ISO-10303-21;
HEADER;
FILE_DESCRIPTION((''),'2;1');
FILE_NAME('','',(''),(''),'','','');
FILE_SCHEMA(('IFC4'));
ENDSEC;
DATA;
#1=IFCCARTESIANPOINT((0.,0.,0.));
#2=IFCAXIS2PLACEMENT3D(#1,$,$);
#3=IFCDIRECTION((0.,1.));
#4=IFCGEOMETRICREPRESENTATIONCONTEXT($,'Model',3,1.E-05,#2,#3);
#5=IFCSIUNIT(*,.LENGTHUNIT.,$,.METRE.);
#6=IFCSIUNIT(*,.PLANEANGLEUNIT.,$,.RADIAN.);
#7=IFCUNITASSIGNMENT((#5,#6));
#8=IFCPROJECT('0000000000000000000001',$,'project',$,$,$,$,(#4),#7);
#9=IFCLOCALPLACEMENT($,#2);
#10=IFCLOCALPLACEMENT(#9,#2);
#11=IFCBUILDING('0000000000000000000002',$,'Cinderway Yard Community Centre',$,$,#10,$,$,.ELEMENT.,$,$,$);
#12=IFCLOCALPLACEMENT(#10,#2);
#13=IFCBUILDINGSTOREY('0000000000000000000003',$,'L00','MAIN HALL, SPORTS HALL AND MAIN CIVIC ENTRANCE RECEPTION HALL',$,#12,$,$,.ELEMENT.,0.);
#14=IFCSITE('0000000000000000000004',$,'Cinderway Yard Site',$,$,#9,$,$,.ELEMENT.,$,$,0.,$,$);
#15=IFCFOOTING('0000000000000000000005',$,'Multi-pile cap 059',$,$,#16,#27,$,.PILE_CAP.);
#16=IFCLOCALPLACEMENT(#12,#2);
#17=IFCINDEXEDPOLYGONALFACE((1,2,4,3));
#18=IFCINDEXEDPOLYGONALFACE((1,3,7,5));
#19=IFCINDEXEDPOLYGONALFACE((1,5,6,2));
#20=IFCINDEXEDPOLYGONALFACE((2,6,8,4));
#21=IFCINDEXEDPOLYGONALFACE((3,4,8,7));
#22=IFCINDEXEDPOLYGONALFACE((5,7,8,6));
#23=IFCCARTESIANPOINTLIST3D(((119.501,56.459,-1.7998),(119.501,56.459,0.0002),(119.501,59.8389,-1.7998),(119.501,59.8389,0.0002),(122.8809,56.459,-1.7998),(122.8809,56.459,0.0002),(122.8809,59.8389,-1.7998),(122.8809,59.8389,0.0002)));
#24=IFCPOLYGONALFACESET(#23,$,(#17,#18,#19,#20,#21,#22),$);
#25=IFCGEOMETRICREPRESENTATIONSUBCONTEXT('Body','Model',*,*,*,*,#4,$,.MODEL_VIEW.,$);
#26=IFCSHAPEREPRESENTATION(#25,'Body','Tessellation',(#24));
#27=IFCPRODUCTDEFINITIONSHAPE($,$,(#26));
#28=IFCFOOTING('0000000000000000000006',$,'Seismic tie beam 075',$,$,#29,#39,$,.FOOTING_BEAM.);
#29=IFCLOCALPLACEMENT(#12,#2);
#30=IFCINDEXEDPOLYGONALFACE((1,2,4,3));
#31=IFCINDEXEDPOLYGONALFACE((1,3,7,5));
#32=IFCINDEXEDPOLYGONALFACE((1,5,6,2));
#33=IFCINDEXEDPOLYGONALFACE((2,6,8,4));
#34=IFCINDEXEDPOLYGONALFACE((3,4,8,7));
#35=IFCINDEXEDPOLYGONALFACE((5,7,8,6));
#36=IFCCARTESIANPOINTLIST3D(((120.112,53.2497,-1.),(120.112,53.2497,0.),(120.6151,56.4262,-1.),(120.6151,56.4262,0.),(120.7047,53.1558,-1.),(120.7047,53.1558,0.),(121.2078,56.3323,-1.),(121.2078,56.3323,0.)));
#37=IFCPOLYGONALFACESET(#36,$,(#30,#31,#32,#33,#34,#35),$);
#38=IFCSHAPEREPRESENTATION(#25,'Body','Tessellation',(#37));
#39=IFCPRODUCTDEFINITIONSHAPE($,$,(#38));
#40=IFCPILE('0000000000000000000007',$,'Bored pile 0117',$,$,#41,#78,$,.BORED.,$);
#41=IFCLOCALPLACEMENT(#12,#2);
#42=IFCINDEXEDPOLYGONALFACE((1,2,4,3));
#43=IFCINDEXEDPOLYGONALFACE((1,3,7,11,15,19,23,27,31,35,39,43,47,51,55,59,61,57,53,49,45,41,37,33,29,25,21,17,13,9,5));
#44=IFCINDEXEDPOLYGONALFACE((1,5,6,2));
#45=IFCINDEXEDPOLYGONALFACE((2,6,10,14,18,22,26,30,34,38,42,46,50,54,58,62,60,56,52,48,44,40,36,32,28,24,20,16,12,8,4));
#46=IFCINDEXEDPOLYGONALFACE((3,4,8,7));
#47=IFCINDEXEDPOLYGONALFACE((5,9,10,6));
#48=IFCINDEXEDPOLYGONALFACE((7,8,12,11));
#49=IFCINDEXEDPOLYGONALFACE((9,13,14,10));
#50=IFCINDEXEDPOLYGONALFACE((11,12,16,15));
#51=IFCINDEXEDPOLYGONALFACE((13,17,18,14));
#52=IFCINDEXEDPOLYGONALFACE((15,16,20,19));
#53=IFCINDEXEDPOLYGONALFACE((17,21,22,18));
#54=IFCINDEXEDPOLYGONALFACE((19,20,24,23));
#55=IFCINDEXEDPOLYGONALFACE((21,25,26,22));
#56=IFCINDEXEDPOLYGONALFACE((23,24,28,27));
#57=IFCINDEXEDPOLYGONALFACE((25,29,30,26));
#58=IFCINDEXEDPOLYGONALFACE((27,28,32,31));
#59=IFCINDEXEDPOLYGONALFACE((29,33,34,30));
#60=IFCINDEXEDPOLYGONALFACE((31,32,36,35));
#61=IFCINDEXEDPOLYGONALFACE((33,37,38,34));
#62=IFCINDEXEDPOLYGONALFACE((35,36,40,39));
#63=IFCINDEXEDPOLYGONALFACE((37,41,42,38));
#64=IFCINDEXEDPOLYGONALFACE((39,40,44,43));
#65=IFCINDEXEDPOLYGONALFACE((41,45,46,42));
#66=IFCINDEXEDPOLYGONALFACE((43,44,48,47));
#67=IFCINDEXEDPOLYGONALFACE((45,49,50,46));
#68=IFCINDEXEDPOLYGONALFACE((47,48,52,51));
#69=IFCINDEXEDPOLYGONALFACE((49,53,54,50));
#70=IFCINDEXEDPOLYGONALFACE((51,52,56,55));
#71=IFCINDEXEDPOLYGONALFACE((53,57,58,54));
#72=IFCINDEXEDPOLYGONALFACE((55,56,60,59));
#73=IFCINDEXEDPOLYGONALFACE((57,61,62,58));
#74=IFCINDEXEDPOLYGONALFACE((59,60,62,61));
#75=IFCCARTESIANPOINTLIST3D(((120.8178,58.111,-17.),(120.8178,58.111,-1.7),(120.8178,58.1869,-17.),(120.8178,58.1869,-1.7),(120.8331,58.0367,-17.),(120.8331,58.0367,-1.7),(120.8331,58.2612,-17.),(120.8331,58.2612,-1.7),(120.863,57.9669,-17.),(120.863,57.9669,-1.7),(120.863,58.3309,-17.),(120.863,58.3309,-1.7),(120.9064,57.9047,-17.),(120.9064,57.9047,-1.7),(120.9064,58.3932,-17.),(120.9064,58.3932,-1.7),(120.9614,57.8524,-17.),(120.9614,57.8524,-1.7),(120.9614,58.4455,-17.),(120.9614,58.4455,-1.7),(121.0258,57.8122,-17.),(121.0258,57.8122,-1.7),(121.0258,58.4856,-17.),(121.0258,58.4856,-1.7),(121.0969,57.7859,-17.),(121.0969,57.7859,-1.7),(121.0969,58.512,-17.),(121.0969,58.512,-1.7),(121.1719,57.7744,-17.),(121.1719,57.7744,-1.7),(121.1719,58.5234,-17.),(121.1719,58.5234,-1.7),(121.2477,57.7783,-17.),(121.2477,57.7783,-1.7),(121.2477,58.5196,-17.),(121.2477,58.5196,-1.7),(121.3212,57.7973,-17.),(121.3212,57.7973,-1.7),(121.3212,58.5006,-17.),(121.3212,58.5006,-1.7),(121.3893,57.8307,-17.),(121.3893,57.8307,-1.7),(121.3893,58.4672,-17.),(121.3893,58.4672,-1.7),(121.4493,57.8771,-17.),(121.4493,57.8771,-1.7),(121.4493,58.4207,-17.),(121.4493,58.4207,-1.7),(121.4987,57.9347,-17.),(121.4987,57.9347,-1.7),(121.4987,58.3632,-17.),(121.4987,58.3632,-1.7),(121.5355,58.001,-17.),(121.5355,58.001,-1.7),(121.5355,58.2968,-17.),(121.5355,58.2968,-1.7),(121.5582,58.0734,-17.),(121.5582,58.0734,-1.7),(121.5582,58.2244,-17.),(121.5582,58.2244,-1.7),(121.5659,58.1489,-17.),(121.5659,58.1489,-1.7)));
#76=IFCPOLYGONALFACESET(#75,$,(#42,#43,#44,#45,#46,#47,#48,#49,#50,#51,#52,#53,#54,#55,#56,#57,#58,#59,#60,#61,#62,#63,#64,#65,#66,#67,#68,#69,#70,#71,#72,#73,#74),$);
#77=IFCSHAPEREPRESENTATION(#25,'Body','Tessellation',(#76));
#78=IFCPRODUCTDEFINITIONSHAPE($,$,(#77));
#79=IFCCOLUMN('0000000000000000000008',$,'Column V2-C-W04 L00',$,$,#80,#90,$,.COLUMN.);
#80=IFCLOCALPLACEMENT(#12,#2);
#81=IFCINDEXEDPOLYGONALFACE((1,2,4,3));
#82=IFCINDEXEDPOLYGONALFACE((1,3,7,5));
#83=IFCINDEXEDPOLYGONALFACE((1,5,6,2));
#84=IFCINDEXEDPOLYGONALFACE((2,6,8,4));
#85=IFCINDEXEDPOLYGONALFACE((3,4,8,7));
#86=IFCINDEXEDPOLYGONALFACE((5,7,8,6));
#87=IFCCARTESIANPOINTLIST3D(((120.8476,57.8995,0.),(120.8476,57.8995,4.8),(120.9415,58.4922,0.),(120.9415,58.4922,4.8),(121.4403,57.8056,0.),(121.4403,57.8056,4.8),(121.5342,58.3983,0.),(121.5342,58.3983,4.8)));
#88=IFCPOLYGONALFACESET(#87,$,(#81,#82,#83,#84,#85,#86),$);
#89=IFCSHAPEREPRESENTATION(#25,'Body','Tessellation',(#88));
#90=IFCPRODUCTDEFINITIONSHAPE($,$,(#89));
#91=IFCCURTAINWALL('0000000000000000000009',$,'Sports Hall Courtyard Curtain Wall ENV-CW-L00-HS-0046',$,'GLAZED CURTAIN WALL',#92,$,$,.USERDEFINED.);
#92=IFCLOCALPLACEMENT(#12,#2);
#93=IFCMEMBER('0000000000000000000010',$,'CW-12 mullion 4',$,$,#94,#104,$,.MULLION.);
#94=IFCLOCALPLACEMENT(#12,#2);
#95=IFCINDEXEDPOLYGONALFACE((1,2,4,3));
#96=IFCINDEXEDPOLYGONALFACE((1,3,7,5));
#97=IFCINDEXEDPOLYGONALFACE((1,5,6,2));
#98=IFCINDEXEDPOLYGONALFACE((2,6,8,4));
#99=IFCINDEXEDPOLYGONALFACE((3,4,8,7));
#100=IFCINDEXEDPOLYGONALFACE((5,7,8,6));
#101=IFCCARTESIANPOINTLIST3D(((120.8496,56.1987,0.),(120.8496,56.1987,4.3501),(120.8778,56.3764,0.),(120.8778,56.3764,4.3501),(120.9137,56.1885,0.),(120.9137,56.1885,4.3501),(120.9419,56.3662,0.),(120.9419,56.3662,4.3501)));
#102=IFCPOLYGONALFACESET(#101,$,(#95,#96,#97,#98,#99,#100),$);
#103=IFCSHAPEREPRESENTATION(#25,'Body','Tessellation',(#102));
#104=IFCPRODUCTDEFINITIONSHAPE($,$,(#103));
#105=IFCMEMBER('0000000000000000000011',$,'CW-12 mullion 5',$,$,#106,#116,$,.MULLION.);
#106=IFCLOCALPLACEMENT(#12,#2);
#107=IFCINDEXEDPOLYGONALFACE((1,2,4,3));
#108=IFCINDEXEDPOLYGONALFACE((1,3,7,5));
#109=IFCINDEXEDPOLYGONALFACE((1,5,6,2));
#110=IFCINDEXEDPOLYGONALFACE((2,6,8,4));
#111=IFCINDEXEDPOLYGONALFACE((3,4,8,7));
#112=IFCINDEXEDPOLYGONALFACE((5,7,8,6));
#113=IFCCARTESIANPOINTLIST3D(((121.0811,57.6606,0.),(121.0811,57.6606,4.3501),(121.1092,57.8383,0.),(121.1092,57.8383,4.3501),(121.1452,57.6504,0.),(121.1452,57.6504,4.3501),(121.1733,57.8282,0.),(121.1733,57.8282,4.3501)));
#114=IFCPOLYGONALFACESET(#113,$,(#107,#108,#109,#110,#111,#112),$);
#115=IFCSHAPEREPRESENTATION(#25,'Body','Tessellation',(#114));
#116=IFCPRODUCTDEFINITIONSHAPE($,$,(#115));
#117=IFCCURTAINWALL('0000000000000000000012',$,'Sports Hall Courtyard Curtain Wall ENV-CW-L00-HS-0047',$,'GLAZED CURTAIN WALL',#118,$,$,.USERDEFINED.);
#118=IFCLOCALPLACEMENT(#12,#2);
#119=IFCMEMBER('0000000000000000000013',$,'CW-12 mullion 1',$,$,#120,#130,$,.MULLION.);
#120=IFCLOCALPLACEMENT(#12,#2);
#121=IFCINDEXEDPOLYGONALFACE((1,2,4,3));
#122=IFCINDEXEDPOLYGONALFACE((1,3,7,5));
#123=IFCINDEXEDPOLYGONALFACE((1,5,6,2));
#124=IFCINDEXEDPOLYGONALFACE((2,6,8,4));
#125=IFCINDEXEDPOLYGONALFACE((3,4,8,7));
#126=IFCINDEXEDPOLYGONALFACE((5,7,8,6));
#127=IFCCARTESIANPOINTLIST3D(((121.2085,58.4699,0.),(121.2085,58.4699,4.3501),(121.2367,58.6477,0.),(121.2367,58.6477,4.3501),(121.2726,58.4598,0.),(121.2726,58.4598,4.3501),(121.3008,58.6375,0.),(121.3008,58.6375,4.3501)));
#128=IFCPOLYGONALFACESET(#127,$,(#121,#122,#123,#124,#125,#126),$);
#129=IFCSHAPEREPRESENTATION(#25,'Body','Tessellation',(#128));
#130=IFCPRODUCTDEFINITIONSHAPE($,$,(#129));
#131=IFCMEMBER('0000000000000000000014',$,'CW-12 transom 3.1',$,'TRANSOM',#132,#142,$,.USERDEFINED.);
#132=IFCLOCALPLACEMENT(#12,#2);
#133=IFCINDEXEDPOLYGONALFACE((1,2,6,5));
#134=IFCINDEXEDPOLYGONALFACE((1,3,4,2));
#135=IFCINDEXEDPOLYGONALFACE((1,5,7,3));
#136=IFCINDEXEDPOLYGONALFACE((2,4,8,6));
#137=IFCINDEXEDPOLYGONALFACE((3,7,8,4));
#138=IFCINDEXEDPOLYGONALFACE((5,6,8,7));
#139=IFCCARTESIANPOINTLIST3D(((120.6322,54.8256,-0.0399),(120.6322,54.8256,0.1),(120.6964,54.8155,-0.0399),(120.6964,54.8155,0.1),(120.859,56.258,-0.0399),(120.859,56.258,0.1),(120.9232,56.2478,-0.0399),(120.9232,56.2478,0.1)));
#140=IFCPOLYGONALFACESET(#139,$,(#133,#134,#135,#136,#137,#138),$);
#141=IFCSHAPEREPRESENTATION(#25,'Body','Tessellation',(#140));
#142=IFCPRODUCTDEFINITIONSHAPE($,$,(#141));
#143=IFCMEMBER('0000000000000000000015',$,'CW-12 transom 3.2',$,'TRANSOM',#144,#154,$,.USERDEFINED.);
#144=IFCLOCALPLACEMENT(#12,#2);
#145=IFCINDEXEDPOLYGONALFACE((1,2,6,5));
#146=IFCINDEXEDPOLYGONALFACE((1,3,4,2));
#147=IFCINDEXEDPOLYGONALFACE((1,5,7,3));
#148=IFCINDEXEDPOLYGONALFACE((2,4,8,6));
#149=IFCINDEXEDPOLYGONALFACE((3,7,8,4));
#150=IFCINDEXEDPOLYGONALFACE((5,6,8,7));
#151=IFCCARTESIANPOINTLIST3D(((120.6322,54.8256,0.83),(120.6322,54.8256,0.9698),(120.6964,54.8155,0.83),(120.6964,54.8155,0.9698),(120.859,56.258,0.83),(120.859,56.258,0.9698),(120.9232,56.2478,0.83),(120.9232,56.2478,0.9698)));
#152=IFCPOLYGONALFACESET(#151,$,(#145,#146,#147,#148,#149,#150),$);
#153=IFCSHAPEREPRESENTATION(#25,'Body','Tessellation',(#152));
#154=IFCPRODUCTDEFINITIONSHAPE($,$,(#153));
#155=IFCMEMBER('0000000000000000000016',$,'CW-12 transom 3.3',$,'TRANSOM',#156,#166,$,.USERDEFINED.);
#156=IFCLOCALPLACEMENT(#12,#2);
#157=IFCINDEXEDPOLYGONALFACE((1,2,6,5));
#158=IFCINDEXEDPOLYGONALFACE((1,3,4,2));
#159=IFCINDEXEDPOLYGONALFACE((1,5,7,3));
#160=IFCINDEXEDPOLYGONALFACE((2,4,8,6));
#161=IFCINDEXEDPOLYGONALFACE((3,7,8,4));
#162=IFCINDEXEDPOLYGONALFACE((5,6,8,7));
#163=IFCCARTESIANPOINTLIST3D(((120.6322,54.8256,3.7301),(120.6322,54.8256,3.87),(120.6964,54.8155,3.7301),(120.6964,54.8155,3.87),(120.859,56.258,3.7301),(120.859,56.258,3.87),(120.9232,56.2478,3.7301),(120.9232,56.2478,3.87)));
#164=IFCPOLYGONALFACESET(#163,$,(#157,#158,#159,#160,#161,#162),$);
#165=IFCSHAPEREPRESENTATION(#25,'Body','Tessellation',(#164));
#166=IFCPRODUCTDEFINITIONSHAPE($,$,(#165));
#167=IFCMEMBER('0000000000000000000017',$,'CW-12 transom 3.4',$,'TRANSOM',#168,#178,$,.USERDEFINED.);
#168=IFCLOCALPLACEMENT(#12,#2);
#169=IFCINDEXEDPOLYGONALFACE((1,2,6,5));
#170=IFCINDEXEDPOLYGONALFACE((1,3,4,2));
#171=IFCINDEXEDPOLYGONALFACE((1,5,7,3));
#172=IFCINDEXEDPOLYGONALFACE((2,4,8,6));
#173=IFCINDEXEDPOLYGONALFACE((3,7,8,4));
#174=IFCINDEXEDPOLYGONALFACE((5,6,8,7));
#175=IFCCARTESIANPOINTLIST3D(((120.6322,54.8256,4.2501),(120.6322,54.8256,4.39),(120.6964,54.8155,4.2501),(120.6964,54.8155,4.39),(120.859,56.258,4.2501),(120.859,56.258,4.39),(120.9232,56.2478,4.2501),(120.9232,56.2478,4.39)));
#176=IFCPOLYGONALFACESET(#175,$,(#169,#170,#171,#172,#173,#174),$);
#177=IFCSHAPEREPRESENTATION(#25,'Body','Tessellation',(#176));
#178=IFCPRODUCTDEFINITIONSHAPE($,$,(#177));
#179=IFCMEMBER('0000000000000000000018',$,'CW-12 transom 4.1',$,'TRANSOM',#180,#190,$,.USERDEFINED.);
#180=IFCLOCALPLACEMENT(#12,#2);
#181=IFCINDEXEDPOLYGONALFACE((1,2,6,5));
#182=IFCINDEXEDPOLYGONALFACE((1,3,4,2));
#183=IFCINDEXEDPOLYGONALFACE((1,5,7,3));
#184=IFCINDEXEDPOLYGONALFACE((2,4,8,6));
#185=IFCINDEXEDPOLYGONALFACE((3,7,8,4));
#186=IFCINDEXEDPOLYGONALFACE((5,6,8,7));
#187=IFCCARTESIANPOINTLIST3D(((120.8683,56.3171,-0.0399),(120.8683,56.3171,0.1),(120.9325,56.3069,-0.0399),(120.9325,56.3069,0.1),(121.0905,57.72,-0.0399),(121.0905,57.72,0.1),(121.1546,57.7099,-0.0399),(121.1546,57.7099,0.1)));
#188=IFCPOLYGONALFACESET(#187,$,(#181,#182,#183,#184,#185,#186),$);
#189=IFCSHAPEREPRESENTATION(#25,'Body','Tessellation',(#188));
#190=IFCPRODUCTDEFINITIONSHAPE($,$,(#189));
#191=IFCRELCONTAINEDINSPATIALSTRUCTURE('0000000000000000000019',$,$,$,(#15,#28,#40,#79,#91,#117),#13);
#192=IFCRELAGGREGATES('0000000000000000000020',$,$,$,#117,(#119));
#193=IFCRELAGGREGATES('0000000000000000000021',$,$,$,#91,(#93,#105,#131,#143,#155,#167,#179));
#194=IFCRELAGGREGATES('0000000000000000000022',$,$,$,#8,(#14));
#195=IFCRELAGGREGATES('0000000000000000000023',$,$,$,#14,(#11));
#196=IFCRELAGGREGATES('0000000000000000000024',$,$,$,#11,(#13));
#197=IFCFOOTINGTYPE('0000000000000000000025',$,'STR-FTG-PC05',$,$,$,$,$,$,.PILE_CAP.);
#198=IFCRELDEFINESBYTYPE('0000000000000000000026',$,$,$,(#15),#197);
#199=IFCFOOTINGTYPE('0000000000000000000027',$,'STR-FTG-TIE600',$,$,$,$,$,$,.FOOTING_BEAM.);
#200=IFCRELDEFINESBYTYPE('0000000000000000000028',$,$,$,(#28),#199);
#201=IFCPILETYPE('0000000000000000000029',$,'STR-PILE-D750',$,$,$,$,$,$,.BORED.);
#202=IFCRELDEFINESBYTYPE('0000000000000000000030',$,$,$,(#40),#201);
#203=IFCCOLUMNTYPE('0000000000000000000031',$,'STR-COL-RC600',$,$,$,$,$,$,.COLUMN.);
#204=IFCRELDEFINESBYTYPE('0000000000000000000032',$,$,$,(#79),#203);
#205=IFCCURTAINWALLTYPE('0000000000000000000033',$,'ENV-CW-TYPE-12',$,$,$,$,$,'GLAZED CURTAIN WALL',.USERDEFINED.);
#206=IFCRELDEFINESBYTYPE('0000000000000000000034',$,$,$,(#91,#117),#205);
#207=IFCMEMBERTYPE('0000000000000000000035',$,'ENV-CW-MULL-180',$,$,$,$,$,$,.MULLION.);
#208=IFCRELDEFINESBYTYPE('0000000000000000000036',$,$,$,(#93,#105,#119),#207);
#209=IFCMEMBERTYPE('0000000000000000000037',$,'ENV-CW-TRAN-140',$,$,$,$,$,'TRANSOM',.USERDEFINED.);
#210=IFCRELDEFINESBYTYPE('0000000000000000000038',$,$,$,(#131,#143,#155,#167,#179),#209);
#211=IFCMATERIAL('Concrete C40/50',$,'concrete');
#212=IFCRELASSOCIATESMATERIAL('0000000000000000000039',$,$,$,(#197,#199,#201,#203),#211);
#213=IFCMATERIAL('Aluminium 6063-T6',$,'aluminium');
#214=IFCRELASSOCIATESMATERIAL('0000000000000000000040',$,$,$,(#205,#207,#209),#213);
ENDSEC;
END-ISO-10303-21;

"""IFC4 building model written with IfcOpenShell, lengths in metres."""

from ifc_helpers import new_model, si_unit, direction, frame, origin, origin_2d, place, context, subcontext, project, spatial, rectangle, circle, extrude, material, material_profile, profile_set, type_object, element, aggregate, save


model = new_model("IFC4")

# Units and contexts
model_context = context("Model", 3, precision=1e-05, world=origin(), true_north=direction((0.0, 1.0)))
body_context = subcontext(model_context, "Body", "Model", "MODEL_VIEW")
ifc_project = project(units=[si_unit("LENGTHUNIT", "METRE"), si_unit("PLANEANGLEUNIT", "RADIAN")], contexts=[model_context])

# Site, building, storey
site_placement = place(None, origin())
site = spatial("IfcSite", under=ifc_project, at=site_placement, Name="Cinderway Yard Site", CompositionType="ELEMENT", RefElevation=0.0)
building_placement = place(site_placement, origin())
building = spatial("IfcBuilding", under=site, at=building_placement, Name="Cinderway Yard Community Centre", CompositionType="ELEMENT")
storey_placement = place(building_placement, origin())
storey = spatial("IfcBuildingStorey", under=building, at=storey_placement, Name="L00", Description="MAIN HALL, SPORTS HALL AND MAIN CIVIC ENTRANCE RECEPTION HALL", CompositionType="ELEMENT", Elevation=0.0)

# Footings
ifc_material_1 = material(Name="Concrete C40/50", Category="concrete")
footing_type_1 = type_object("IfcFootingType", Name="STR-FTG-PC05", PredefinedType="PILE_CAP", material=ifc_material_1)
footing_1_placement = place(storey_placement, frame((121.1909, 58.1489, -1.7998), z_axis=(0.0, 0.0, 1.0), x_axis=(1.0, 0.0, 0.0)))
element("IfcFooting", 1, at=footing_1_placement, inside=storey, type_object=footing_type_1, Name="Multi-pile cap 059", PredefinedType="PILE_CAP", context=body_context, shape_type="SweptSolid", body=[
    extrude(rectangle(XDim=3.3799, YDim=3.3799, at=origin_2d()), origin(), (0.0, 0.0, 1.0), 1.8),
])
footing_type_2 = type_object("IfcFootingType", Name="STR-FTG-TIE600", PredefinedType="FOOTING_BEAM", material=ifc_material_1)
footing_2_placement = place(storey_placement, frame((120.6599, 54.791, -1.0), z_axis=(0.0, 0.0, 1.0), x_axis=(0.156452, 0.987686, 0.0)))
element("IfcFooting", 2, at=footing_2_placement, inside=storey, type_object=footing_type_2, Name="Seismic tie beam 075", PredefinedType="FOOTING_BEAM", context=body_context, shape_type="SweptSolid", body=[
    extrude(rectangle(XDim=3.2161, YDim=0.6001, at=origin_2d()), origin(), (0.0, 0.0, 1.0), 1.0),
])

# Pile
ifc_material_profile_1 = material_profile(ifc_material_1, circle(Radius=0.375, at=origin_2d()), Name="Concrete C40/50")
ifc_profile_set_1 = profile_set([ifc_material_profile_1], Name="Concrete C40/50")
pile_type = type_object("IfcPileType", Name="STR-PILE-D750", PredefinedType="BORED", material=ifc_profile_set_1)
pile_placement = place(storey_placement, frame((121.1909, 58.1489, -1.7), z_axis=(0.0, 0.0, -1.0), x_axis=(1.0, 0.0, 0.0)))
element("IfcPile", 3, at=pile_placement, inside=storey, type_object=pile_type, Name="Bored pile 0117", PredefinedType="BORED", context=body_context, shape_type="SweptSolid", body=[
    extrude(circle(Radius=0.375, at=origin_2d()), origin(), (0.0, 0.0, 1.0), 15.3),
])

# Column
ifc_material_profile_2 = material_profile(ifc_material_1, rectangle(XDim=0.6001, YDim=0.6001, at=origin_2d()), Name="Concrete C40/50")
ifc_profile_set_2 = profile_set([ifc_material_profile_2], Name="Concrete C40/50")
column_type = type_object("IfcColumnType", Name="STR-COL-RC600", PredefinedType="COLUMN", material=ifc_profile_set_2)
column_placement = place(storey_placement, frame((121.1909, 58.1489, 0.0), z_axis=(0.0, 0.0, 1.0), x_axis=(0.987688, -0.156434, 0.0)))
element("IfcColumn", 4, at=column_placement, inside=storey, type_object=column_type, Name="Column V2-C-W04 L00", PredefinedType="COLUMN", context=body_context, shape_type="SweptSolid", body=[
    extrude(rectangle(XDim=0.6001, YDim=0.6001, at=origin_2d()), origin(), (0.0, 0.0, 1.0), 4.8),
])

# Curtain wall, members
ifc_material_2 = material(Name="Aluminium 6063-T6", Category="aluminium")
curtain_wall_type = type_object("IfcCurtainWallType", Name="ENV-CW-TYPE-12", ElementType="GLAZED CURTAIN WALL", PredefinedType="USERDEFINED", material=ifc_material_2)
curtain_wall_1_placement = place(storey_placement, origin())
curtain_wall_1 = element("IfcCurtainWall", 5, at=curtain_wall_1_placement, inside=storey, type_object=curtain_wall_type, Name="Sports Hall Courtyard Curtain Wall ENV-CW-L00-HS-0046", ObjectType="GLAZED CURTAIN WALL", PredefinedType="USERDEFINED")
ifc_material_profile_3 = material_profile(ifc_material_2, rectangle(XDim=0.0649, YDim=0.1799, at=origin_2d()), Name="Aluminium 6063-T6")
ifc_profile_set_3 = profile_set([ifc_material_profile_3], Name="Aluminium 6063-T6")
member_type_1 = type_object("IfcMemberType", Name="ENV-CW-MULL-180", PredefinedType="MULLION", material=ifc_profile_set_3)
member_1_placement = place(storey_placement, frame((120.8958, 56.2825, 0.0), z_axis=(0.0, 0.0, 1.0), x_axis=(-0.987686, 0.156447, 0.0)))
member_1 = element("IfcMember", 6, at=member_1_placement, type_object=member_type_1, Name="CW-12 mullion 4", PredefinedType="MULLION", context=body_context, shape_type="SweptSolid", body=[
    extrude(rectangle(XDim=0.0649, YDim=0.1799, at=origin_2d()), origin(), (0.0, 0.0, 1.0), 4.3501),
])
member_2_placement = place(storey_placement, frame((121.1272, 57.7444, 0.0), z_axis=(0.0, 0.0, 1.0), x_axis=(-0.987686, 0.156447, 0.0)))
member_2 = element("IfcMember", 7, at=member_2_placement, type_object=member_type_1, Name="CW-12 mullion 5", PredefinedType="MULLION", context=body_context, shape_type="SweptSolid", body=[
    extrude(rectangle(XDim=0.0649, YDim=0.1799, at=origin_2d()), origin(), (0.0, 0.0, 1.0), 4.3501),
])

# Curtain wall, member
curtain_wall_2_placement = place(storey_placement, origin())
curtain_wall_2 = element("IfcCurtainWall", 8, at=curtain_wall_2_placement, inside=storey, type_object=curtain_wall_type, Name="Sports Hall Courtyard Curtain Wall ENV-CW-L00-HS-0047", ObjectType="GLAZED CURTAIN WALL", PredefinedType="USERDEFINED")
member_3_placement = place(storey_placement, frame((121.2546, 58.5537, 0.0), z_axis=(0.0, 0.0, 1.0), x_axis=(-0.987661, 0.156609, 0.0)))
member_3 = element("IfcMember", 9, at=member_3_placement, type_object=member_type_1, Name="CW-12 mullion 1", PredefinedType="MULLION", context=body_context, shape_type="SweptSolid", body=[
    extrude(rectangle(XDim=0.0649, YDim=0.1799, at=origin_2d()), origin(), (0.0, 0.0, 1.0), 4.3501),
])
aggregate(curtain_wall_2, [member_3])

# Members
ifc_material_profile_4 = material_profile(ifc_material_2, rectangle(XDim=0.0649, YDim=0.1399, at=origin_2d()), Name="Aluminium 6063-T6")
ifc_profile_set_4 = profile_set([ifc_material_profile_4], Name="Aluminium 6063-T6")
member_type_2 = type_object("IfcMemberType", Name="ENV-CW-TRAN-140", ElementType="TRANSOM", PredefinedType="USERDEFINED", material=ifc_profile_set_4)
member_4_placement = place(storey_placement, frame((120.6643, 54.8206, 0.03), z_axis=(0.156395, 0.987695, 0.0), x_axis=(-0.987695, 0.156395, 0.0)))
member_4 = element("IfcMember", 10, at=member_4_placement, type_object=member_type_2, Name="CW-12 transom 3.1", ObjectType="TRANSOM", PredefinedType="USERDEFINED", context=body_context, shape_type="SweptSolid", body=[
    extrude(rectangle(XDim=0.0649, YDim=0.1399, at=origin_2d()), origin(), (0.0, 0.0, 1.0), 1.4502),
])
member_5_placement = place(storey_placement, frame((120.6643, 54.8206, 0.8999), z_axis=(0.156395, 0.987695, 0.0), x_axis=(-0.987695, 0.156395, 0.0)))
member_5 = element("IfcMember", 11, at=member_5_placement, type_object=member_type_2, Name="CW-12 transom 3.2", ObjectType="TRANSOM", PredefinedType="USERDEFINED", context=body_context, shape_type="SweptSolid", body=[
    extrude(rectangle(XDim=0.0649, YDim=0.1399, at=origin_2d()), origin(), (0.0, 0.0, 1.0), 1.4502),
])
member_6_placement = place(storey_placement, frame((120.6643, 54.8206, 3.8), z_axis=(0.156395, 0.987695, 0.0), x_axis=(-0.987695, 0.156395, 0.0)))
member_6 = element("IfcMember", 12, at=member_6_placement, type_object=member_type_2, Name="CW-12 transom 3.3", ObjectType="TRANSOM", PredefinedType="USERDEFINED", context=body_context, shape_type="SweptSolid", body=[
    extrude(rectangle(XDim=0.0649, YDim=0.1399, at=origin_2d()), origin(), (0.0, 0.0, 1.0), 1.4502),
])
member_7_placement = place(storey_placement, frame((120.6643, 54.8206, 4.3201), z_axis=(0.156395, 0.987695, 0.0), x_axis=(-0.987695, 0.156395, 0.0)))
member_7 = element("IfcMember", 13, at=member_7_placement, type_object=member_type_2, Name="CW-12 transom 3.4", ObjectType="TRANSOM", PredefinedType="USERDEFINED", context=body_context, shape_type="SweptSolid", body=[
    extrude(rectangle(XDim=0.0649, YDim=0.1399, at=origin_2d()), origin(), (0.0, 0.0, 1.0), 1.4502),
])
member_8_placement = place(storey_placement, frame((120.9004, 56.312, 0.03), z_axis=(0.156422, 0.98769, 0.0), x_axis=(-0.98769, 0.156422, 0.0)))
member_8 = element("IfcMember", 14, at=member_8_placement, type_object=member_type_2, Name="CW-12 transom 4.1", ObjectType="TRANSOM", PredefinedType="USERDEFINED", context=body_context, shape_type="SweptSolid", body=[
    extrude(rectangle(XDim=0.0649, YDim=0.1399, at=origin_2d()), origin(), (0.0, 0.0, 1.0), 1.4204),
])

aggregate(curtain_wall_1, [member_1, member_2, member_4, member_5, member_6, member_7, member_8])

save(model, "model.ifc")
